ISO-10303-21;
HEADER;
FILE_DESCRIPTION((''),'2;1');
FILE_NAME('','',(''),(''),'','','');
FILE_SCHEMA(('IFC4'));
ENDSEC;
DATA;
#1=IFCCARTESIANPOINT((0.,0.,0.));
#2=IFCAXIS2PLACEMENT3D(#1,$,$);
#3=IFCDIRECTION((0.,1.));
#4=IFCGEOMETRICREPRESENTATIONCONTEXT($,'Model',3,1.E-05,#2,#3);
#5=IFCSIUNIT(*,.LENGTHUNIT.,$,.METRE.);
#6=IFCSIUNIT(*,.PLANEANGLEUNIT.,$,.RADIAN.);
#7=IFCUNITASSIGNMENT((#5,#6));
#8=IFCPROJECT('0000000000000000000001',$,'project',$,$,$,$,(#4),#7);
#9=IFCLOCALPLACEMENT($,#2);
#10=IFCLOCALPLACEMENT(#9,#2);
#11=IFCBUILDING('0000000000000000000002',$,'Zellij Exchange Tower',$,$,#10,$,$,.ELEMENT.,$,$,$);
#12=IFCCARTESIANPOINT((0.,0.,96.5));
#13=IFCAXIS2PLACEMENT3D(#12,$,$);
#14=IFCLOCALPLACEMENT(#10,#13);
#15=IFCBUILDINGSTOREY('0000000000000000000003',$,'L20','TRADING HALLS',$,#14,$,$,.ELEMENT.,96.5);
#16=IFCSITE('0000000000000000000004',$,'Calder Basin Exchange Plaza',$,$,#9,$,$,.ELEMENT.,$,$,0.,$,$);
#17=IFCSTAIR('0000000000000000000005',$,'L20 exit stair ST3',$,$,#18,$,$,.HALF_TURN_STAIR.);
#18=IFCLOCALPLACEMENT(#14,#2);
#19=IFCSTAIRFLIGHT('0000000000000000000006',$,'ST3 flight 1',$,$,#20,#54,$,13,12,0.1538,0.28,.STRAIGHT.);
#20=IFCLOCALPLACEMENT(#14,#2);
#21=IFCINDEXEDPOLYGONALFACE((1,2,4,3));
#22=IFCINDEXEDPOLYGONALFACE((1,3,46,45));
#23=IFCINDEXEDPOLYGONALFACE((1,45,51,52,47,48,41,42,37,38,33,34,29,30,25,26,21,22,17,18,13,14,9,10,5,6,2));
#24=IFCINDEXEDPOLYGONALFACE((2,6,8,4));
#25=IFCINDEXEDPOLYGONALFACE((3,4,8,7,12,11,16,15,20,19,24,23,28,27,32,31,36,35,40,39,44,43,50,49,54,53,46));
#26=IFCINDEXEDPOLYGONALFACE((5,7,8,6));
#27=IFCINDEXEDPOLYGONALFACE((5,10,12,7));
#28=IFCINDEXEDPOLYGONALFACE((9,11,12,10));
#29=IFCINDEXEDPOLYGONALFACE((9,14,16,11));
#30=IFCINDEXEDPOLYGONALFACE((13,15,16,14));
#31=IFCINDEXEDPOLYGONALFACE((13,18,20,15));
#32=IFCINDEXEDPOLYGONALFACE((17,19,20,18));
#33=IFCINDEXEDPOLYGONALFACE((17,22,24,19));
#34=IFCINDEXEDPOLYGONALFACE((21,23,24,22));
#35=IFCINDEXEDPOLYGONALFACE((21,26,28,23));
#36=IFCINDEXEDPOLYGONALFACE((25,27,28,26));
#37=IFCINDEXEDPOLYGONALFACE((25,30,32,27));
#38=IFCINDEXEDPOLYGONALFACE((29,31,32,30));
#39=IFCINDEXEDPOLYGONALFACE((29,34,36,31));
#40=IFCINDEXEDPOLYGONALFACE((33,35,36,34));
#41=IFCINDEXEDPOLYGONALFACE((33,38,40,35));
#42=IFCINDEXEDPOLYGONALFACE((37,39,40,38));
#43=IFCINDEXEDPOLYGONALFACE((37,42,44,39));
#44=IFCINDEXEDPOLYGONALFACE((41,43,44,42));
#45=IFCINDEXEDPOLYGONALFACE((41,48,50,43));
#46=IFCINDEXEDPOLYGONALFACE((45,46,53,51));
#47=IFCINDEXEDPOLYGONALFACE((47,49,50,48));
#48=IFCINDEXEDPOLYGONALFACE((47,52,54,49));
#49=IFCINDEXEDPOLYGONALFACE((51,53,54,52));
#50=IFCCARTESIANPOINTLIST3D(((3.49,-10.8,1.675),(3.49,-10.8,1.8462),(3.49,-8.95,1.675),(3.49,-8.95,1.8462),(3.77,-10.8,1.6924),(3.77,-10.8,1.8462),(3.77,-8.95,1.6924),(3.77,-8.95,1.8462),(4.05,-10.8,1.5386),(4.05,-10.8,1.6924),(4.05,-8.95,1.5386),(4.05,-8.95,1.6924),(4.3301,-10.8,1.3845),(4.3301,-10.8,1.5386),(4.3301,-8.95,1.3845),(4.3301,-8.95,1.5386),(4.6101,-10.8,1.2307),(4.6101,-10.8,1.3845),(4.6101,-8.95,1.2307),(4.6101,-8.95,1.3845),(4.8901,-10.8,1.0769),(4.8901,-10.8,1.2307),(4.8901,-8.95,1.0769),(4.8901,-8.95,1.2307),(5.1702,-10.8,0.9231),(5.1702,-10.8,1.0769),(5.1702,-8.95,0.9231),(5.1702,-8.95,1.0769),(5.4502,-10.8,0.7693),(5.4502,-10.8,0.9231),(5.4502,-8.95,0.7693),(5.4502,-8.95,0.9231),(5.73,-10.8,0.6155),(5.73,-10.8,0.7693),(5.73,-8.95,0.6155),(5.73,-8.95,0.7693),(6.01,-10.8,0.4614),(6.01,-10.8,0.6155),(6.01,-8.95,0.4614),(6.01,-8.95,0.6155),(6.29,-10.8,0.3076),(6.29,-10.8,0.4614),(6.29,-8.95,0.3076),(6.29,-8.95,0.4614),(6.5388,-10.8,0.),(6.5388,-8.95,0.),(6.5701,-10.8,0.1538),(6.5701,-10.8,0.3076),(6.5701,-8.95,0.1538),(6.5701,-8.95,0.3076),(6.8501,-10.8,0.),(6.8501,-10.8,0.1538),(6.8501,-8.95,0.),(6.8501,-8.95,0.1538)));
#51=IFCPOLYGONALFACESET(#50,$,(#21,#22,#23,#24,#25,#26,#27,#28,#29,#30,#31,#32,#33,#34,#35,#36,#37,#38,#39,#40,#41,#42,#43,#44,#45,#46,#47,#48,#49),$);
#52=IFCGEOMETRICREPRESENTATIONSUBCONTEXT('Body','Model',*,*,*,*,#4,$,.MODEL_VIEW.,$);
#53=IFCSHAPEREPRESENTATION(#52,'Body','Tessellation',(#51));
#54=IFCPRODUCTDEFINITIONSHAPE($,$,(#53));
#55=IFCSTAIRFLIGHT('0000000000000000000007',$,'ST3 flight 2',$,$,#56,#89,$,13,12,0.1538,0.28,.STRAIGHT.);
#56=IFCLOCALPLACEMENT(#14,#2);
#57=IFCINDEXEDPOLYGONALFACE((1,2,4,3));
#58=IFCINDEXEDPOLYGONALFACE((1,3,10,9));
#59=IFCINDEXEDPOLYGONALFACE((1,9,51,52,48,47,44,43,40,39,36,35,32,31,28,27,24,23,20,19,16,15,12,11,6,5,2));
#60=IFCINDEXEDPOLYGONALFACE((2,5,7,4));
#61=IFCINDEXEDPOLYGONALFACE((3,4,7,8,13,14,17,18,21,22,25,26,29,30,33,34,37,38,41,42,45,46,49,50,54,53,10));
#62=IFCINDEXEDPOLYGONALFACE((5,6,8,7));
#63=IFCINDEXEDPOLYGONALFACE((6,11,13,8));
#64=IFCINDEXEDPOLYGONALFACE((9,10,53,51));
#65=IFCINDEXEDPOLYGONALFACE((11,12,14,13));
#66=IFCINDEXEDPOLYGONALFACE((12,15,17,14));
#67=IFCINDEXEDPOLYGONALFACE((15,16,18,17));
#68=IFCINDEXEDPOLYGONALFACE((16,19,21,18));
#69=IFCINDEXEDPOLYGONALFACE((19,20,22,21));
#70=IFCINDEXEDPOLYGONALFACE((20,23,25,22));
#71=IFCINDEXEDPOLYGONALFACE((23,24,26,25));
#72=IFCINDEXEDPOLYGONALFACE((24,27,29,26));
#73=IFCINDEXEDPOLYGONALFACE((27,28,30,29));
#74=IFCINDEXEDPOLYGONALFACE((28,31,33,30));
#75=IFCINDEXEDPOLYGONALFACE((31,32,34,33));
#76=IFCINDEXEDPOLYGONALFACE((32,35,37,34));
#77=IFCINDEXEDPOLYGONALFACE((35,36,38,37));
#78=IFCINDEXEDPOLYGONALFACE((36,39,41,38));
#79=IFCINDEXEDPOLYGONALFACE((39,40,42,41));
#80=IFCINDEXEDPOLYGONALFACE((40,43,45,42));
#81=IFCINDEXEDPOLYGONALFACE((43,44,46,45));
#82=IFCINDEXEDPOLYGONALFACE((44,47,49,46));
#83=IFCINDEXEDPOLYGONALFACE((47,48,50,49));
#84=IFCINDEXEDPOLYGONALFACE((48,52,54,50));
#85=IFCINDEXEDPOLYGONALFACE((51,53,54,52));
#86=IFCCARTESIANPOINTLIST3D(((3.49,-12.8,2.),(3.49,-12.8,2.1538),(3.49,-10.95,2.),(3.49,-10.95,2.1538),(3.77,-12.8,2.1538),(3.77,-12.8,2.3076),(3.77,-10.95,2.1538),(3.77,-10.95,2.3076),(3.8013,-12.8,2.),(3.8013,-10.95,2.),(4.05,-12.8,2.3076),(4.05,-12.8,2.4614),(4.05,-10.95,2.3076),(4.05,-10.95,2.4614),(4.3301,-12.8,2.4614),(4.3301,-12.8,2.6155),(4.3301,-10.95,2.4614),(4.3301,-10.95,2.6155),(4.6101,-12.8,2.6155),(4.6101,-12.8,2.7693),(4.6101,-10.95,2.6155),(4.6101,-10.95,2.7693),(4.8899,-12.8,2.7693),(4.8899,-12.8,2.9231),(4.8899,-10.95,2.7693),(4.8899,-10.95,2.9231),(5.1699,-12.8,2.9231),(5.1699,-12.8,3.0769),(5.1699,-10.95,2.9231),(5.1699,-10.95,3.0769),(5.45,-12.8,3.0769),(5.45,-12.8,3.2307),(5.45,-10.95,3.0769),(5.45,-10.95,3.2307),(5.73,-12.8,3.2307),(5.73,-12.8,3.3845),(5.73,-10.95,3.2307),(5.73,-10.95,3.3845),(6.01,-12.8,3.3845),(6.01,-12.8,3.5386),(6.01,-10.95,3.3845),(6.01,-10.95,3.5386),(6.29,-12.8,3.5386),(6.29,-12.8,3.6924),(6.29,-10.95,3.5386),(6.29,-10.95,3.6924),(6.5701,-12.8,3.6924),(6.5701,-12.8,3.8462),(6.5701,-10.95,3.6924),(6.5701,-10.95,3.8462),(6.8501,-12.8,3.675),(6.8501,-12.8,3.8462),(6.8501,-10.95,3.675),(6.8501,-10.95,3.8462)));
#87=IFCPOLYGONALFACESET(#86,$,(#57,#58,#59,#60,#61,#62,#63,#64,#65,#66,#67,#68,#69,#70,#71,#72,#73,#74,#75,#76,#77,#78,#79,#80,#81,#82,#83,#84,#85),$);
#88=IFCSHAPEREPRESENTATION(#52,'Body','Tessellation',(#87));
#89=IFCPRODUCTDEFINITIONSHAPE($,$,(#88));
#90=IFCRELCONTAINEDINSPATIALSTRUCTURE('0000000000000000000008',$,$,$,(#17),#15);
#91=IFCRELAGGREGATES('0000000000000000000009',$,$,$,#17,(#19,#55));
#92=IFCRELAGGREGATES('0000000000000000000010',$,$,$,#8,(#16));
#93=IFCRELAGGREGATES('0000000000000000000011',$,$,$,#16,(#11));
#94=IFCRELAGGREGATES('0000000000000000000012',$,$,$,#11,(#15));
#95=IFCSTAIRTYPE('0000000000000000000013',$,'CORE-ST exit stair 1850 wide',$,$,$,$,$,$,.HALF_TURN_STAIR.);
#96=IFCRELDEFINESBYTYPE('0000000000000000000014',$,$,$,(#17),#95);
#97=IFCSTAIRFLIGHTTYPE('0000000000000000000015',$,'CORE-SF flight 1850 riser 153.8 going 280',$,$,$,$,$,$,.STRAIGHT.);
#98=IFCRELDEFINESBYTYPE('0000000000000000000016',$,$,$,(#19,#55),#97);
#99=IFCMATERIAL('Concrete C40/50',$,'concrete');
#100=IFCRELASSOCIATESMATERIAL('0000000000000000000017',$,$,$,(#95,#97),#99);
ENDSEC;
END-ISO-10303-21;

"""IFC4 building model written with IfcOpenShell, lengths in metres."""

from ifc_helpers import new_model, si_unit, direction, frame, origin, place, context, subcontext, project, spatial, polyline, outline, extrude, material, type_object, element, aggregate, save


model = new_model("IFC4")

# Units and contexts
model_context = context("Model", 3, precision=1e-05, world=origin(), true_north=direction((0.0, 1.0)))
body_context = subcontext(model_context, "Body", "Model", "MODEL_VIEW")
ifc_project = project(units=[si_unit("LENGTHUNIT", "METRE"), si_unit("PLANEANGLEUNIT", "RADIAN")], contexts=[model_context])

# Site, building, storey
site_placement = place(None, origin())
site = spatial("IfcSite", under=ifc_project, at=site_placement, Name="Calder Basin Exchange Plaza", CompositionType="ELEMENT", RefElevation=0.0)
building_placement = place(site_placement, origin())
building = spatial("IfcBuilding", under=site, at=building_placement, Name="Zellij Exchange Tower", CompositionType="ELEMENT")
storey_placement = place(building_placement, frame((0.0, 0.0, 96.5)))
storey = spatial("IfcBuildingStorey", under=building, at=storey_placement, Name="L20", Description="TRADING HALLS", CompositionType="ELEMENT", Elevation=96.5)

# Stair, stair flights
ifc_material_1 = material(Name="Concrete C40/50", Category="concrete")
stair_type = type_object("IfcStairType", Name="CORE-ST exit stair 1850 wide", PredefinedType="HALF_TURN_STAIR", material=ifc_material_1)
stair_placement = place(storey_placement, origin())
stair = element("IfcStair", 1, at=stair_placement, inside=storey, type_object=stair_type, Name="L20 exit stair ST3", PredefinedType="HALF_TURN_STAIR")
stair_flight_type = type_object("IfcStairFlightType", Name="CORE-SF flight 1850 riser 153.8 going 280", PredefinedType="STRAIGHT", material=ifc_material_1)
stair_flight_1_placement = place(storey_placement, frame((6.8501, -9.875, 0.0), z_axis=(0.0, 0.0, 1.0), x_axis=(-1.0, 0.0, 0.0)))
stair_flight_1 = element("IfcStairFlight", 2, at=stair_flight_1_placement, type_object=stair_flight_type, Name="ST3 flight 1", NumberOfRisers=13, NumberOfTreads=12, PredefinedType="STRAIGHT", RiserHeight=0.1538, TreadLength=0.28, context=body_context, shape_type="SweptSolid", body=[
    extrude(outline(polyline([(0.0, 0.0), (0.0, 0.1538), (0.28, 0.1538), (0.28, 0.3076), (0.5601, 0.3076), (0.5601, 0.4614), (0.8401, 0.4614), (0.8401, 0.6155), (1.1201, 0.6155), (1.1201, 0.7693), (1.3999, 0.7693), (1.3999, 0.9231), (1.6799, 0.9231), (1.6799, 1.0769), (1.96, 1.0769), (1.96, 1.2307), (2.24, 1.2307), (2.24, 1.3845), (2.52, 1.3845), (2.52, 1.5386), (2.8, 1.5386), (2.8, 1.6924), (3.0801, 1.6924), (3.0801, 1.8462), (3.3601, 1.8462), (3.3601, 2.0), (3.3601, 1.675), (0.3113, 0.0), (0.0, 0.0)])), frame((0.0, 0.925, 0.0), z_axis=(0.0, -1.0, 0.0), x_axis=(1.0, 0.0, 0.0)), (0.0, 0.0, 1.0), 1.8501),
])
stair_flight_2_placement = place(storey_placement, frame((3.49, -11.875, 2.0), z_axis=(0.0, 0.0, 1.0), x_axis=(1.0, 0.0, 0.0)))
stair_flight_2 = element("IfcStairFlight", 3, at=stair_flight_2_placement, type_object=stair_flight_type, Name="ST3 flight 2", NumberOfRisers=13, NumberOfTreads=12, PredefinedType="STRAIGHT", RiserHeight=0.1538, TreadLength=0.28, context=body_context, shape_type="SweptSolid", body=[
    extrude(outline(polyline([(0.0, 0.0), (0.0, 0.1538), (0.28, 0.1538), (0.28, 0.3076), (0.5601, 0.3076), (0.5601, 0.4614), (0.8401, 0.4614), (0.8401, 0.6155), (1.1201, 0.6155), (1.1201, 0.7693), (1.3999, 0.7693), (1.3999, 0.9231), (1.6799, 0.9231), (1.6799, 1.0769), (1.96, 1.0769), (1.96, 1.2307), (2.24, 1.2307), (2.24, 1.3845), (2.52, 1.3845), (2.52, 1.5386), (2.8, 1.5386), (2.8, 1.6924), (3.0801, 1.6924), (3.0801, 1.8462), (3.3601, 1.8462), (3.3601, 2.0), (3.3601, 1.675), (0.3113, 0.0), (0.0, 0.0)])), frame((0.0, 0.925, 0.0), z_axis=(0.0, -1.0, 0.0), x_axis=(1.0, 0.0, 0.0)), (0.0, 0.0, 1.0), 1.8501),
])
aggregate(stair, [stair_flight_1, stair_flight_2])

save(model, "model.ifc")
